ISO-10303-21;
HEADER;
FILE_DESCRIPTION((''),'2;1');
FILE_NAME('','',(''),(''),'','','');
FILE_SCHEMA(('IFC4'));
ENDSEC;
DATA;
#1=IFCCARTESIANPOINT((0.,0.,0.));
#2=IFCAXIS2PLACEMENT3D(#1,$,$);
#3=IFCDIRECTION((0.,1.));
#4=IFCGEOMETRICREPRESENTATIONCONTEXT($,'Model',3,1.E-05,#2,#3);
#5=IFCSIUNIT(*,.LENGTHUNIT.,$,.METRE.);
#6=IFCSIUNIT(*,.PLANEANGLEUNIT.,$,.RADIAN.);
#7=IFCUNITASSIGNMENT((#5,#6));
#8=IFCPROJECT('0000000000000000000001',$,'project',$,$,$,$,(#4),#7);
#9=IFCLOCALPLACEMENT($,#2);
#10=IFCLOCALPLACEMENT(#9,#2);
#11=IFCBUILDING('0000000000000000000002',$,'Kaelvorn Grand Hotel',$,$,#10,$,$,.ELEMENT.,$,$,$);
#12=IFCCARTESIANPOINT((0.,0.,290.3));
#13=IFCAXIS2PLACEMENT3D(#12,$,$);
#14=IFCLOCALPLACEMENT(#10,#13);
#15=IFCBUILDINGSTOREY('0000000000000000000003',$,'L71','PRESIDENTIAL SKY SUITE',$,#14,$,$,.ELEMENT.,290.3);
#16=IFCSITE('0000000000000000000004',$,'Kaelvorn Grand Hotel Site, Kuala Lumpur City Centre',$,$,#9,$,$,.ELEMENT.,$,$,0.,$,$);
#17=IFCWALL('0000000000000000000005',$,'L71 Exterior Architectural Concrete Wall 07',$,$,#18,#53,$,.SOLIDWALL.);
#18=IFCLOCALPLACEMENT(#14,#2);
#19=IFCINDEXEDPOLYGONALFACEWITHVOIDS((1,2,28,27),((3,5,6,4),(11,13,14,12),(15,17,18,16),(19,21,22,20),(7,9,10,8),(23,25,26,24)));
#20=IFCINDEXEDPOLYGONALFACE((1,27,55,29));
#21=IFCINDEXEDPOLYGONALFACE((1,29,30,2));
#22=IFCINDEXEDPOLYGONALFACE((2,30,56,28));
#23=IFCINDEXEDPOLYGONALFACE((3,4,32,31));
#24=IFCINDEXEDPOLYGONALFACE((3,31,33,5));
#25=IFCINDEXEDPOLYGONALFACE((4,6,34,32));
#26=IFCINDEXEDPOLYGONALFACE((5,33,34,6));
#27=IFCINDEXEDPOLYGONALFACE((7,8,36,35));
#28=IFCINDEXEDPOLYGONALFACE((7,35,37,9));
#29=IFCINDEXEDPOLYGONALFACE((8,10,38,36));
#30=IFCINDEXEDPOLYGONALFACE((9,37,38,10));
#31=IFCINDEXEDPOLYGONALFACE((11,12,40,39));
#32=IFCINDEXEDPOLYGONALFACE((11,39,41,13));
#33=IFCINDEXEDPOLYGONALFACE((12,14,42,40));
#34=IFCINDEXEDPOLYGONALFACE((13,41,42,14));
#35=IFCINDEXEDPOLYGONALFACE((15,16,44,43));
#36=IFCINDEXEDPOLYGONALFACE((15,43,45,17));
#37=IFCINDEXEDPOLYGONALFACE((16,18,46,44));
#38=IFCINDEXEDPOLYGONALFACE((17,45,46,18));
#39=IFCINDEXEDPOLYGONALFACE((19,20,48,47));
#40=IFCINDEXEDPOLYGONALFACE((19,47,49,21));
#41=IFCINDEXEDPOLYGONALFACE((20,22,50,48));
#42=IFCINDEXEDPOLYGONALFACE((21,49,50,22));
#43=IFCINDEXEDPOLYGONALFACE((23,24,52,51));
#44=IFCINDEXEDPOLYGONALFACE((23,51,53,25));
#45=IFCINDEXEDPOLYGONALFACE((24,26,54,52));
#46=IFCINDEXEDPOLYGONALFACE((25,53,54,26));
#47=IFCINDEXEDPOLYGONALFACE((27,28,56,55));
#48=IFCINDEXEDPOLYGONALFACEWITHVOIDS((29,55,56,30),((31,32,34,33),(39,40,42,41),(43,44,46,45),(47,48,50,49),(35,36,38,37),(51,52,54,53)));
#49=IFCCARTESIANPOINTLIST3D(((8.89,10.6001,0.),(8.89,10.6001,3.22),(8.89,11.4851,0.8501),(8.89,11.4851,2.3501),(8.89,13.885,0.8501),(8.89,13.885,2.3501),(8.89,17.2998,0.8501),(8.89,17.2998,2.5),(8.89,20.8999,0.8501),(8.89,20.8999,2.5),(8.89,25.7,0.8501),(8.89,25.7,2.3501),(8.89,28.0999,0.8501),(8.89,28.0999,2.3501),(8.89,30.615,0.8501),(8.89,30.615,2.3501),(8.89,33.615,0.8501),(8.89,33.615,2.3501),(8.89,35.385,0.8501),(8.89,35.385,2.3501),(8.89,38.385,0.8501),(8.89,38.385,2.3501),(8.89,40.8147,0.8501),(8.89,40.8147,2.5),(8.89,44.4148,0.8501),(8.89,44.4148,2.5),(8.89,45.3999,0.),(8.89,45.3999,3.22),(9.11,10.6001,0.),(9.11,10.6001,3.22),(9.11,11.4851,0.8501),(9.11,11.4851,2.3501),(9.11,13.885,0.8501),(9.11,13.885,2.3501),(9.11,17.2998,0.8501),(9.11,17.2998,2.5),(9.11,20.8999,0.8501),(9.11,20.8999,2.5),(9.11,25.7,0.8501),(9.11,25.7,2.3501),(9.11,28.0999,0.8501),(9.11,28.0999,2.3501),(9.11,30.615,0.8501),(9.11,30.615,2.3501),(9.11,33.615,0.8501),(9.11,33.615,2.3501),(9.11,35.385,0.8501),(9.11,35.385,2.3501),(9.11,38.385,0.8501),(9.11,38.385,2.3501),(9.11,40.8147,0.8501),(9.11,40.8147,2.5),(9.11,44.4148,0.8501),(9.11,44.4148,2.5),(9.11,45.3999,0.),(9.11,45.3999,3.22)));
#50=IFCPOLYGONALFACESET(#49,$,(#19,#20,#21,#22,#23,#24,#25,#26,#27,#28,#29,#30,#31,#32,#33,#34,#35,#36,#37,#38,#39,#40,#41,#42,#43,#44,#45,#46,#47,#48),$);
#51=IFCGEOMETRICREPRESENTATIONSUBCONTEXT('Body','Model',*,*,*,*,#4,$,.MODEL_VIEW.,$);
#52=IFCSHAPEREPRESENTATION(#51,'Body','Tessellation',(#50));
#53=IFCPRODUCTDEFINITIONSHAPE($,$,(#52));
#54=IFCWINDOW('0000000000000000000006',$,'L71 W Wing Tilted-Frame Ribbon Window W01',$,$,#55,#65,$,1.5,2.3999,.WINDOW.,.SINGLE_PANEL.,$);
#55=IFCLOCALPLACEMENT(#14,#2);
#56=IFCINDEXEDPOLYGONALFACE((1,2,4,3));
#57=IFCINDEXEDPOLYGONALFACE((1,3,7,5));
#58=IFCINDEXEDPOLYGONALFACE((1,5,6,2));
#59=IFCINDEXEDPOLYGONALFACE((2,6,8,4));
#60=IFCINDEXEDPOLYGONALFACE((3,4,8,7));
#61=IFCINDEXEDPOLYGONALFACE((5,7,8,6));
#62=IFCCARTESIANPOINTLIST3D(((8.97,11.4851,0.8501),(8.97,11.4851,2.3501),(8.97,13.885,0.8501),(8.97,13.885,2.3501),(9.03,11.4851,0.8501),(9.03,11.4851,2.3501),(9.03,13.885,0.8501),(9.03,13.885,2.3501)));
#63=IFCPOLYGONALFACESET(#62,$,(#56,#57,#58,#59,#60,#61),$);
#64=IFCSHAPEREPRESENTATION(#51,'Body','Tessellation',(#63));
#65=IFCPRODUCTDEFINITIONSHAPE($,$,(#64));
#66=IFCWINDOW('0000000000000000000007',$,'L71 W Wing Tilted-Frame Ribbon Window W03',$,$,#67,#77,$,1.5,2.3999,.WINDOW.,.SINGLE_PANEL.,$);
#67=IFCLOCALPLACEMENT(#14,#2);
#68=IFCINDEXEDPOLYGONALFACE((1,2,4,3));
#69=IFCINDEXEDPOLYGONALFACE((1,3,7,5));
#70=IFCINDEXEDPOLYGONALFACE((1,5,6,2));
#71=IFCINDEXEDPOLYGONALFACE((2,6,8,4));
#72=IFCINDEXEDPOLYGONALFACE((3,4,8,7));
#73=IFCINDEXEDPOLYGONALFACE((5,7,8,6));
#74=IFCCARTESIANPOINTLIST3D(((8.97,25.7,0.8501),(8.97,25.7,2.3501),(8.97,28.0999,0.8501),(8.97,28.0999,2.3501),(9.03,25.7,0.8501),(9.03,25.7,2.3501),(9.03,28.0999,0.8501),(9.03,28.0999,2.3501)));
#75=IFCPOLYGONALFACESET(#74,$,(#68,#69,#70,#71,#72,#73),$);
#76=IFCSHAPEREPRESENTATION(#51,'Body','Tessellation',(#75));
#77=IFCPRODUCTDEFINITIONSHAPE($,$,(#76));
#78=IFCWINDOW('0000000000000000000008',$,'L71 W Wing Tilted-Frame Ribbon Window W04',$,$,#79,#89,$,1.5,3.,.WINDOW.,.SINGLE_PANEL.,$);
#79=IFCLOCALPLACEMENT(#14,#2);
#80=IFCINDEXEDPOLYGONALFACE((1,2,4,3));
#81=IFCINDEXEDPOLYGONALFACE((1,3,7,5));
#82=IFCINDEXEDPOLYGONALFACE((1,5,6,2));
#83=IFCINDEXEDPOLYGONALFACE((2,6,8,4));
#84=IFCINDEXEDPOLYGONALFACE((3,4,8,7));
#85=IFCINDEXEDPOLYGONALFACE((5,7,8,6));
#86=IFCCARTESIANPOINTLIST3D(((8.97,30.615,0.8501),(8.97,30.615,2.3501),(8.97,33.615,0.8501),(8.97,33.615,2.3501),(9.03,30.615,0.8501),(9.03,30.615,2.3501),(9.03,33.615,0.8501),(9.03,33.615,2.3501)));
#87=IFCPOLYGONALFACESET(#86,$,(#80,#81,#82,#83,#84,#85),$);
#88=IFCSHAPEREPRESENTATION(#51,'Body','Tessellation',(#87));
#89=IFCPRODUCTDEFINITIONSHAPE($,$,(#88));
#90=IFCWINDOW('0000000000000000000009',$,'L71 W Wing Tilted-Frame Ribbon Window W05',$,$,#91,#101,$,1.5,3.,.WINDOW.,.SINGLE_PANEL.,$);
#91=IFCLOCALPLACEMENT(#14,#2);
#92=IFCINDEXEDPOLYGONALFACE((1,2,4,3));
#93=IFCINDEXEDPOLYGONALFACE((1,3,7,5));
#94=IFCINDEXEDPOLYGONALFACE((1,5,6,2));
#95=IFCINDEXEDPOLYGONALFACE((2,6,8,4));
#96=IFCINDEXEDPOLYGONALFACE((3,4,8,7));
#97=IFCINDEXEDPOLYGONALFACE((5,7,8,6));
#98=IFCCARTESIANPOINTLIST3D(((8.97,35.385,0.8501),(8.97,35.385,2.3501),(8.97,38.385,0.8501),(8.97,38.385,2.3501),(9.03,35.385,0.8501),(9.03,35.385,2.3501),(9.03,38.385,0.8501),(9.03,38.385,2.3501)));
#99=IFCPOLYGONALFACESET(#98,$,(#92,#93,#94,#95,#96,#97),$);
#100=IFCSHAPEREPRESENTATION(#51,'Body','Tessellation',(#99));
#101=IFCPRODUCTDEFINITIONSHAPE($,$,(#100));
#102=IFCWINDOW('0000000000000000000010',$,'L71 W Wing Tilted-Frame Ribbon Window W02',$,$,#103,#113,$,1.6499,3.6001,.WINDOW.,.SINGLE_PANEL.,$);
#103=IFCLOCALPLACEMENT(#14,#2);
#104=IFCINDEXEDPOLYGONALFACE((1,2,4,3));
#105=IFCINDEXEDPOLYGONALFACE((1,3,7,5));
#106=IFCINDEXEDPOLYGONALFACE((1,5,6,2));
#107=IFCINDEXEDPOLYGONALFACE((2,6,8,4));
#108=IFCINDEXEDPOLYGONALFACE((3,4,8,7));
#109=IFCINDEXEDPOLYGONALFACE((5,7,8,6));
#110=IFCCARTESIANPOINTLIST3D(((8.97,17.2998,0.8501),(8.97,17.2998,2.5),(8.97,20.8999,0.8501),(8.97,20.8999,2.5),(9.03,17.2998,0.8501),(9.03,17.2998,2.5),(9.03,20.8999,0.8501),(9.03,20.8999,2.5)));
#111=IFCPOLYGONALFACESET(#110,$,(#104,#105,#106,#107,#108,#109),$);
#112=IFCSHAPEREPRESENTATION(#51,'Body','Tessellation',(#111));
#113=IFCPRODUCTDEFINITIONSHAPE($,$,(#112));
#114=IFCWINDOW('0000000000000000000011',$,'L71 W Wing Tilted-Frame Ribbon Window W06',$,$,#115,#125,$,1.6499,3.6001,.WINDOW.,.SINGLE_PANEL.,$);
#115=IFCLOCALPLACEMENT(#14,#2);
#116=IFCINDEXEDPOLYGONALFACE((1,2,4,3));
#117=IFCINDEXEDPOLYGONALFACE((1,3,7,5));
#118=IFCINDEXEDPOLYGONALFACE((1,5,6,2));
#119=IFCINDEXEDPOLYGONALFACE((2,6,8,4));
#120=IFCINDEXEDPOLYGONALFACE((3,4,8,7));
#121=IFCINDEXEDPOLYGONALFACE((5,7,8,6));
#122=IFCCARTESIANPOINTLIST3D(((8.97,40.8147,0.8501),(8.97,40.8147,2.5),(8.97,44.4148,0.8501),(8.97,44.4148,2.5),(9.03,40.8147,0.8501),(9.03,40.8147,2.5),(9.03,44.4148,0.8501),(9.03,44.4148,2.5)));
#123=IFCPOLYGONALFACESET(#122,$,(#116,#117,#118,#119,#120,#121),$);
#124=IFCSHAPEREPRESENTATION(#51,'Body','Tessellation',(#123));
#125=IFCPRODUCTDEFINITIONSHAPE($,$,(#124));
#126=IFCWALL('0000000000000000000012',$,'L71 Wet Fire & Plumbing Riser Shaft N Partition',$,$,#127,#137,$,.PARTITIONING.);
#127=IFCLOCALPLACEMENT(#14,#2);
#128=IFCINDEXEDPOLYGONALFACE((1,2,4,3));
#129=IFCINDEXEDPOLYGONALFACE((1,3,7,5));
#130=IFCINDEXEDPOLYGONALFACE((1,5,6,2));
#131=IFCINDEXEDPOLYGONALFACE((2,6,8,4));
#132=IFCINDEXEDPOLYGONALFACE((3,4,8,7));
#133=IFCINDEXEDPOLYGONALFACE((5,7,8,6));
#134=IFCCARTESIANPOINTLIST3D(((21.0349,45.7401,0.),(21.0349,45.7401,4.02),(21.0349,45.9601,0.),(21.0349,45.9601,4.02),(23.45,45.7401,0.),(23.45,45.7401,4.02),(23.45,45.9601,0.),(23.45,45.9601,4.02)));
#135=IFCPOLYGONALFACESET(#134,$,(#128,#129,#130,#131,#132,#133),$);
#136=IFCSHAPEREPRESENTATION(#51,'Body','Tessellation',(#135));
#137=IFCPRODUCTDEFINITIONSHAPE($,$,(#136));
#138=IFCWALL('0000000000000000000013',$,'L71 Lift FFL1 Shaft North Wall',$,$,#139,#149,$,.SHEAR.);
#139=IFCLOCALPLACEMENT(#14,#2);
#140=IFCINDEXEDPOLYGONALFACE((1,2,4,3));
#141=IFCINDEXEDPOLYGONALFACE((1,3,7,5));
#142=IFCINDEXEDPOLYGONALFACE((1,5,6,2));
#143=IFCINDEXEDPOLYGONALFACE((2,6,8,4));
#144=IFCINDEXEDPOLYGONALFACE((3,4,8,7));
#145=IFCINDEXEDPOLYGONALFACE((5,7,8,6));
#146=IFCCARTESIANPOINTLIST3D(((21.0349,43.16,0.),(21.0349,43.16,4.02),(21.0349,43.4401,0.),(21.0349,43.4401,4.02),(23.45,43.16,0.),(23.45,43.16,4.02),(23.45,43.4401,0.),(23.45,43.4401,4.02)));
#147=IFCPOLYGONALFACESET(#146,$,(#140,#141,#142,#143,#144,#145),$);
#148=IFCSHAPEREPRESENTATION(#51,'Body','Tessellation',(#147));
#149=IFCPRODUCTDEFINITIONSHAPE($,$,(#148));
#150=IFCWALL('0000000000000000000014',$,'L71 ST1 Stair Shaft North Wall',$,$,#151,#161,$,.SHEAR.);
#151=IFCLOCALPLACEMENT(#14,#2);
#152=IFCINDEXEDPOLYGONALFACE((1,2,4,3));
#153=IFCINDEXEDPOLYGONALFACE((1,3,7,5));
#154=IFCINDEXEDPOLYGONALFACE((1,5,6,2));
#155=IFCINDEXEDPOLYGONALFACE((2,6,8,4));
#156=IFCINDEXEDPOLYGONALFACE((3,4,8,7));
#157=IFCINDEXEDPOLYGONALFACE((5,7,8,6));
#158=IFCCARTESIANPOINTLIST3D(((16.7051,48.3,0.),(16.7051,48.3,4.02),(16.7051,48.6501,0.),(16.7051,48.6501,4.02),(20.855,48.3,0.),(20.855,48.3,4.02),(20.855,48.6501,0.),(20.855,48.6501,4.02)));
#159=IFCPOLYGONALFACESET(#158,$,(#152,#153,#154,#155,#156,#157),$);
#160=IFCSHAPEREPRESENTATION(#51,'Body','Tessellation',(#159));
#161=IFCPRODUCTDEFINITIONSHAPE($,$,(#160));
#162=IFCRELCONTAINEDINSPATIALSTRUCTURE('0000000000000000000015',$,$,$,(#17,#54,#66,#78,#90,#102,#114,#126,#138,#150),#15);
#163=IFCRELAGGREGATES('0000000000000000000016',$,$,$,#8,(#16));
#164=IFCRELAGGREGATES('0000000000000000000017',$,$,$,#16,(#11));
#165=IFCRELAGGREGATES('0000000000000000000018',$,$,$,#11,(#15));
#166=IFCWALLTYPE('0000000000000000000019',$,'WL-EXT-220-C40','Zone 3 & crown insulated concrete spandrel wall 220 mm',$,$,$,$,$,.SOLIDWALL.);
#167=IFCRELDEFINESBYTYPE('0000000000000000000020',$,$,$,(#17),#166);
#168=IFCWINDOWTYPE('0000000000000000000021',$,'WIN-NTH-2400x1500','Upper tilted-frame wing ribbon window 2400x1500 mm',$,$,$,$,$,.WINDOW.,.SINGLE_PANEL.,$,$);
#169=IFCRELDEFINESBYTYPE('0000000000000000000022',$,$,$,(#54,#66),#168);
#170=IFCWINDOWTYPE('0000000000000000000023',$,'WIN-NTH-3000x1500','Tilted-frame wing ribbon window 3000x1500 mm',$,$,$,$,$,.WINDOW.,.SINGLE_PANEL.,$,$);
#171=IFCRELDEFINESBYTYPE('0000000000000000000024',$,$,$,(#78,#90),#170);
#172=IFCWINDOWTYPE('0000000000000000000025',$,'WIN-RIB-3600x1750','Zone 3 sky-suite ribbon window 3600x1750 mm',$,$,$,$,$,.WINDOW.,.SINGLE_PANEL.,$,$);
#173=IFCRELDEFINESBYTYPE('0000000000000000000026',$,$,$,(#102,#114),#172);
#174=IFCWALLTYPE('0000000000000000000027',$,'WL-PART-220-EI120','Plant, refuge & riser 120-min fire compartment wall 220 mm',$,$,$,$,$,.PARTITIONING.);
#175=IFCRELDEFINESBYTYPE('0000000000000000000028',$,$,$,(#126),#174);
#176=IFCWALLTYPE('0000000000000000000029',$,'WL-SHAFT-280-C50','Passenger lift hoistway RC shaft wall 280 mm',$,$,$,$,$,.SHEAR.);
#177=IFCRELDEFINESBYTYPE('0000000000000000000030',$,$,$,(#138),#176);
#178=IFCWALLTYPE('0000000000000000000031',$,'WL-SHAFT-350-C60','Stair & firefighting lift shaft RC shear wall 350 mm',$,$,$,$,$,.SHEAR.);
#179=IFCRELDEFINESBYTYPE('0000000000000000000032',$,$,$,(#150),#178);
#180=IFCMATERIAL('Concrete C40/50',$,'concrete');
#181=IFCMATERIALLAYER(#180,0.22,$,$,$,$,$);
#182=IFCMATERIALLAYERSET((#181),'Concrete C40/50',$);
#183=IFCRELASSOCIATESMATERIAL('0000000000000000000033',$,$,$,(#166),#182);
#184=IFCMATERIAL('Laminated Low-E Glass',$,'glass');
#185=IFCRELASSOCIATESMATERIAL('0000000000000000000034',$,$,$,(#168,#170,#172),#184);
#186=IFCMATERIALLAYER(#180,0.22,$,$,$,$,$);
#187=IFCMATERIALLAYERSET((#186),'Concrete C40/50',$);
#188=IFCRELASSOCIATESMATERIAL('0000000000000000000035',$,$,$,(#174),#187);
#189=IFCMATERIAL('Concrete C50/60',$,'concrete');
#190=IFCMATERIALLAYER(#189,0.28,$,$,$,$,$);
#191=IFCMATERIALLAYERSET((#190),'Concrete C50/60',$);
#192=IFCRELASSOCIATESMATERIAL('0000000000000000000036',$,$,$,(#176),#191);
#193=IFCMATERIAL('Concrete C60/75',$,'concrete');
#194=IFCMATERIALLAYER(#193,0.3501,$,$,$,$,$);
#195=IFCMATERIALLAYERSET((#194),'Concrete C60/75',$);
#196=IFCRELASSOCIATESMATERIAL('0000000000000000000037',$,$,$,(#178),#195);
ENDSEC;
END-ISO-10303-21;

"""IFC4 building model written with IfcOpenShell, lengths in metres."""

from ifc_helpers import new_model, si_unit, direction, frame, frame_2d, origin, place, context, subcontext, project, spatial, rectangle, extrude, material, layer, layer_set, type_object, element, fill, save


model = new_model("IFC4")

# Units and contexts
model_context = context("Model", 3, precision=1e-05, world=origin(), true_north=direction((0.0, 1.0)))
body_context = subcontext(model_context, "Body", "Model", "MODEL_VIEW")
ifc_project = project(units=[si_unit("LENGTHUNIT", "METRE"), si_unit("PLANEANGLEUNIT", "RADIAN")], contexts=[model_context])

# Site, building, storey
site_placement = place(None, origin())
site = spatial("IfcSite", under=ifc_project, at=site_placement, Name="Kaelvorn Grand Hotel Site, Kuala Lumpur City Centre", CompositionType="ELEMENT", RefElevation=0.0)
building_placement = place(site_placement, origin())
building = spatial("IfcBuilding", under=site, at=building_placement, Name="Kaelvorn Grand Hotel", CompositionType="ELEMENT")
storey_placement = place(building_placement, frame((0.0, 0.0, 290.3)))
storey = spatial("IfcBuildingStorey", under=building, at=storey_placement, Name="L71", Description="PRESIDENTIAL SKY SUITE", CompositionType="ELEMENT", Elevation=290.3)

# Shared definitions
ifc_material_1 = material(Name="Concrete C60/75", Category="concrete")
ifc_material_2 = material(Name="Concrete C50/60", Category="concrete")

# Shared definitions
ifc_material_3 = material(Name="Concrete C40/50", Category="concrete")
ifc_layer_1 = layer(ifc_material_3, 0.22)
ifc_layer_set_1 = layer_set([ifc_layer_1], Name="Concrete C40/50")
wall_type_1 = type_object("IfcWallType", Name="WL-EXT-220-C40", Description="Zone 3 & crown insulated concrete spandrel wall 220 mm", PredefinedType="SOLIDWALL", material=ifc_layer_set_1)
ifc_material_4 = material(Name="Laminated Low-E Glass", Category="glass")

# Wall, openings, windows
wall_1_placement = place(storey_placement, frame((9.0, 45.3999, 0.0), z_axis=(0.0, 0.0, 1.0), x_axis=(0.0, -1.0, 0.0)))
wall_1 = element("IfcWall", 1, at=wall_1_placement, inside=storey, type_object=wall_type_1, Name="L71 Exterior Architectural Concrete Wall 07", PredefinedType="SOLIDWALL", context=body_context, shape_type="SweptSolid", body=[
    extrude(rectangle(XDim=34.7998, YDim=0.22, at=frame_2d((17.3999, 0.0))), origin(), (0.0, 0.0, 1.0), 3.22),
])
opening_1_placement = place(wall_1_placement, frame((31.5149, 0.0, 0.8501)))
opening_1 = element("IfcOpeningElement", 2, at=opening_1_placement, cuts=wall_1, PredefinedType="OPENING", context=body_context, shape_type="SweptSolid", body=[
    extrude(rectangle(XDim=2.3999, YDim=1.5, at=frame_2d((1.2, 0.75))), frame((0.0, 0.1201, 0.0), z_axis=(0.0, -1.0, 0.0), x_axis=(1.0, 0.0, 0.0)), (0.0, 0.0, 1.0), 0.24),
])
opening_2_placement = place(wall_1_placement, frame((24.5, 0.0, 0.8501)))
opening_2 = element("IfcOpeningElement", 3, at=opening_2_placement, cuts=wall_1, PredefinedType="OPENING", context=body_context, shape_type="SweptSolid", body=[
    extrude(rectangle(XDim=3.6001, YDim=1.6499, at=frame_2d((1.8, 0.825))), frame((0.0, 0.1201, 0.0), z_axis=(0.0, -1.0, 0.0), x_axis=(1.0, 0.0, 0.0)), (0.0, 0.0, 1.0), 0.24),
])
opening_3_placement = place(wall_1_placement, frame((17.3, 0.0, 0.8501)))
opening_3 = element("IfcOpeningElement", 4, at=opening_3_placement, cuts=wall_1, PredefinedType="OPENING", context=body_context, shape_type="SweptSolid", body=[
    extrude(rectangle(XDim=2.3999, YDim=1.5, at=frame_2d((1.2, 0.75))), frame((0.0, 0.1201, 0.0), z_axis=(0.0, -1.0, 0.0), x_axis=(1.0, 0.0, 0.0)), (0.0, 0.0, 1.0), 0.24),
])
opening_4_placement = place(wall_1_placement, frame((11.7849, 0.0, 0.8501)))
opening_4 = element("IfcOpeningElement", 5, at=opening_4_placement, cuts=wall_1, PredefinedType="OPENING", context=body_context, shape_type="SweptSolid", body=[
    extrude(rectangle(XDim=3.0, YDim=1.5, at=frame_2d((1.5, 0.75))), frame((0.0, 0.1201, 0.0), z_axis=(0.0, -1.0, 0.0), x_axis=(1.0, 0.0, 0.0)), (0.0, 0.0, 1.0), 0.24),
])
opening_5_placement = place(wall_1_placement, frame((7.0149, 0.0, 0.8501)))
opening_5 = element("IfcOpeningElement", 6, at=opening_5_placement, cuts=wall_1, PredefinedType="OPENING", context=body_context, shape_type="SweptSolid", body=[
    extrude(rectangle(XDim=3.0, YDim=1.5, at=frame_2d((1.5, 0.75))), frame((0.0, 0.1201, 0.0), z_axis=(0.0, -1.0, 0.0), x_axis=(1.0, 0.0, 0.0)), (0.0, 0.0, 1.0), 0.24),
])
opening_6_placement = place(wall_1_placement, frame((0.9851, 0.0, 0.8501)))
opening_6 = element("IfcOpeningElement", 7, at=opening_6_placement, cuts=wall_1, PredefinedType="OPENING", context=body_context, shape_type="SweptSolid", body=[
    extrude(rectangle(XDim=3.6001, YDim=1.6499, at=frame_2d((1.8, 0.825))), frame((0.0, 0.1201, 0.0), z_axis=(0.0, -1.0, 0.0), x_axis=(1.0, 0.0, 0.0)), (0.0, 0.0, 1.0), 0.24),
])
window_type_1 = type_object("IfcWindowType", Name="WIN-NTH-2400x1500", Description="Upper tilted-frame wing ribbon window 2400x1500 mm", PartitioningType="SINGLE_PANEL", PredefinedType="WINDOW", material=ifc_material_4)
window_1_placement = place(opening_1_placement, origin())
window_1 = element("IfcWindow", 8, at=window_1_placement, inside=storey, type_object=window_type_1, Name="L71 W Wing Tilted-Frame Ribbon Window W01", OverallHeight=1.5, OverallWidth=2.3999, PartitioningType="SINGLE_PANEL", PredefinedType="WINDOW", context=body_context, shape_type="SweptSolid", body=[
    extrude(rectangle(XDim=2.3999, YDim=1.5, at=frame_2d((1.2, 0.75))), frame((0.0, 0.03, 0.0), z_axis=(0.0, -1.0, 0.0), x_axis=(1.0, 0.0, 0.0)), (0.0, 0.0, 1.0), 0.0601),
])
fill(opening_1, window_1)
window_2_placement = place(opening_3_placement, origin())
window_2 = element("IfcWindow", 9, at=window_2_placement, inside=storey, type_object=window_type_1, Name="L71 W Wing Tilted-Frame Ribbon Window W03", OverallHeight=1.5, OverallWidth=2.3999, PartitioningType="SINGLE_PANEL", PredefinedType="WINDOW", context=body_context, shape_type="SweptSolid", body=[
    extrude(rectangle(XDim=2.3999, YDim=1.5, at=frame_2d((1.2, 0.75))), frame((0.0, 0.03, 0.0), z_axis=(0.0, -1.0, 0.0), x_axis=(1.0, 0.0, 0.0)), (0.0, 0.0, 1.0), 0.0601),
])
fill(opening_3, window_2)
window_type_2 = type_object("IfcWindowType", Name="WIN-NTH-3000x1500", Description="Tilted-frame wing ribbon window 3000x1500 mm", PartitioningType="SINGLE_PANEL", PredefinedType="WINDOW", material=ifc_material_4)
window_3_placement = place(opening_4_placement, origin())
window_3 = element("IfcWindow", 10, at=window_3_placement, inside=storey, type_object=window_type_2, Name="L71 W Wing Tilted-Frame Ribbon Window W04", OverallHeight=1.5, OverallWidth=3.0, PartitioningType="SINGLE_PANEL", PredefinedType="WINDOW", context=body_context, shape_type="SweptSolid", body=[
    extrude(rectangle(XDim=3.0, YDim=1.5, at=frame_2d((1.5, 0.75))), frame((0.0, 0.03, 0.0), z_axis=(0.0, -1.0, 0.0), x_axis=(1.0, 0.0, 0.0)), (0.0, 0.0, 1.0), 0.0601),
])
fill(opening_4, window_3)
window_4_placement = place(opening_5_placement, origin())
window_4 = element("IfcWindow", 11, at=window_4_placement, inside=storey, type_object=window_type_2, Name="L71 W Wing Tilted-Frame Ribbon Window W05", OverallHeight=1.5, OverallWidth=3.0, PartitioningType="SINGLE_PANEL", PredefinedType="WINDOW", context=body_context, shape_type="SweptSolid", body=[
    extrude(rectangle(XDim=3.0, YDim=1.5, at=frame_2d((1.5, 0.75))), frame((0.0, 0.03, 0.0), z_axis=(0.0, -1.0, 0.0), x_axis=(1.0, 0.0, 0.0)), (0.0, 0.0, 1.0), 0.0601),
])
fill(opening_5, window_4)
window_type_3 = type_object("IfcWindowType", Name="WIN-RIB-3600x1750", Description="Zone 3 sky-suite ribbon window 3600x1750 mm", PartitioningType="SINGLE_PANEL", PredefinedType="WINDOW", material=ifc_material_4)
window_5_placement = place(opening_2_placement, origin())
window_5 = element("IfcWindow", 12, at=window_5_placement, inside=storey, type_object=window_type_3, Name="L71 W Wing Tilted-Frame Ribbon Window W02", OverallHeight=1.6499, OverallWidth=3.6001, PartitioningType="SINGLE_PANEL", PredefinedType="WINDOW", context=body_context, shape_type="SweptSolid", body=[
    extrude(rectangle(XDim=3.6001, YDim=1.6499, at=frame_2d((1.8, 0.825))), frame((0.0, 0.03, 0.0), z_axis=(0.0, -1.0, 0.0), x_axis=(1.0, 0.0, 0.0)), (0.0, 0.0, 1.0), 0.0601),
])
fill(opening_2, window_5)
window_6_placement = place(opening_6_placement, origin())
window_6 = element("IfcWindow", 13, at=window_6_placement, inside=storey, type_object=window_type_3, Name="L71 W Wing Tilted-Frame Ribbon Window W06", OverallHeight=1.6499, OverallWidth=3.6001, PartitioningType="SINGLE_PANEL", PredefinedType="WINDOW", context=body_context, shape_type="SweptSolid", body=[
    extrude(rectangle(XDim=3.6001, YDim=1.6499, at=frame_2d((1.8, 0.825))), frame((0.0, 0.03, 0.0), z_axis=(0.0, -1.0, 0.0), x_axis=(1.0, 0.0, 0.0)), (0.0, 0.0, 1.0), 0.0601),
])
fill(opening_6, window_6)

# Walls
ifc_layer_2 = layer(ifc_material_3, 0.22)
ifc_layer_set_2 = layer_set([ifc_layer_2], Name="Concrete C40/50")
wall_type_2 = type_object("IfcWallType", Name="WL-PART-220-EI120", Description="Plant, refuge & riser 120-min fire compartment wall 220 mm", PredefinedType="PARTITIONING", material=ifc_layer_set_2)
wall_2_placement = place(storey_placement, frame((21.0349, 45.8501, 0.0), z_axis=(0.0, 0.0, 1.0), x_axis=(1.0, 0.0, 0.0)))
element("IfcWall", 14, at=wall_2_placement, inside=storey, type_object=wall_type_2, Name="L71 Wet Fire & Plumbing Riser Shaft N Partition", PredefinedType="PARTITIONING", context=body_context, shape_type="SweptSolid", body=[
    extrude(rectangle(XDim=2.415, YDim=0.22, at=frame_2d((1.2075, 0.0))), origin(), (0.0, 0.0, 1.0), 4.02),
])
ifc_layer_3 = layer(ifc_material_2, 0.28)
ifc_layer_set_3 = layer_set([ifc_layer_3], Name="Concrete C50/60")
wall_type_3 = type_object("IfcWallType", Name="WL-SHAFT-280-C50", Description="Passenger lift hoistway RC shaft wall 280 mm", PredefinedType="SHEAR", material=ifc_layer_set_3)
wall_3_placement = place(storey_placement, frame((21.0349, 43.3, 0.0), z_axis=(0.0, 0.0, 1.0), x_axis=(1.0, 0.0, 0.0)))
element("IfcWall", 15, at=wall_3_placement, inside=storey, type_object=wall_type_3, Name="L71 Lift FFL1 Shaft North Wall", PredefinedType="SHEAR", context=body_context, shape_type="SweptSolid", body=[
    extrude(rectangle(XDim=2.415, YDim=0.28, at=frame_2d((1.2075, 0.0))), origin(), (0.0, 0.0, 1.0), 4.02),
])
ifc_layer_4 = layer(ifc_material_1, 0.3501)
ifc_layer_set_4 = layer_set([ifc_layer_4], Name="Concrete C60/75")
wall_type_4 = type_object("IfcWallType", Name="WL-SHAFT-350-C60", Description="Stair & firefighting lift shaft RC shear wall 350 mm", PredefinedType="SHEAR", material=ifc_layer_set_4)
wall_4_placement = place(storey_placement, frame((16.7051, 48.4751, 0.0), z_axis=(0.0, 0.0, 1.0), x_axis=(1.0, 0.0, 0.0)))
element("IfcWall", 16, at=wall_4_placement, inside=storey, type_object=wall_type_4, Name="L71 ST1 Stair Shaft North Wall", PredefinedType="SHEAR", context=body_context, shape_type="SweptSolid", body=[
    extrude(rectangle(XDim=4.1499, YDim=0.3501, at=frame_2d((2.075, 0.0))), origin(), (0.0, 0.0, 1.0), 4.02),
])

save(model, "model.ifc")
